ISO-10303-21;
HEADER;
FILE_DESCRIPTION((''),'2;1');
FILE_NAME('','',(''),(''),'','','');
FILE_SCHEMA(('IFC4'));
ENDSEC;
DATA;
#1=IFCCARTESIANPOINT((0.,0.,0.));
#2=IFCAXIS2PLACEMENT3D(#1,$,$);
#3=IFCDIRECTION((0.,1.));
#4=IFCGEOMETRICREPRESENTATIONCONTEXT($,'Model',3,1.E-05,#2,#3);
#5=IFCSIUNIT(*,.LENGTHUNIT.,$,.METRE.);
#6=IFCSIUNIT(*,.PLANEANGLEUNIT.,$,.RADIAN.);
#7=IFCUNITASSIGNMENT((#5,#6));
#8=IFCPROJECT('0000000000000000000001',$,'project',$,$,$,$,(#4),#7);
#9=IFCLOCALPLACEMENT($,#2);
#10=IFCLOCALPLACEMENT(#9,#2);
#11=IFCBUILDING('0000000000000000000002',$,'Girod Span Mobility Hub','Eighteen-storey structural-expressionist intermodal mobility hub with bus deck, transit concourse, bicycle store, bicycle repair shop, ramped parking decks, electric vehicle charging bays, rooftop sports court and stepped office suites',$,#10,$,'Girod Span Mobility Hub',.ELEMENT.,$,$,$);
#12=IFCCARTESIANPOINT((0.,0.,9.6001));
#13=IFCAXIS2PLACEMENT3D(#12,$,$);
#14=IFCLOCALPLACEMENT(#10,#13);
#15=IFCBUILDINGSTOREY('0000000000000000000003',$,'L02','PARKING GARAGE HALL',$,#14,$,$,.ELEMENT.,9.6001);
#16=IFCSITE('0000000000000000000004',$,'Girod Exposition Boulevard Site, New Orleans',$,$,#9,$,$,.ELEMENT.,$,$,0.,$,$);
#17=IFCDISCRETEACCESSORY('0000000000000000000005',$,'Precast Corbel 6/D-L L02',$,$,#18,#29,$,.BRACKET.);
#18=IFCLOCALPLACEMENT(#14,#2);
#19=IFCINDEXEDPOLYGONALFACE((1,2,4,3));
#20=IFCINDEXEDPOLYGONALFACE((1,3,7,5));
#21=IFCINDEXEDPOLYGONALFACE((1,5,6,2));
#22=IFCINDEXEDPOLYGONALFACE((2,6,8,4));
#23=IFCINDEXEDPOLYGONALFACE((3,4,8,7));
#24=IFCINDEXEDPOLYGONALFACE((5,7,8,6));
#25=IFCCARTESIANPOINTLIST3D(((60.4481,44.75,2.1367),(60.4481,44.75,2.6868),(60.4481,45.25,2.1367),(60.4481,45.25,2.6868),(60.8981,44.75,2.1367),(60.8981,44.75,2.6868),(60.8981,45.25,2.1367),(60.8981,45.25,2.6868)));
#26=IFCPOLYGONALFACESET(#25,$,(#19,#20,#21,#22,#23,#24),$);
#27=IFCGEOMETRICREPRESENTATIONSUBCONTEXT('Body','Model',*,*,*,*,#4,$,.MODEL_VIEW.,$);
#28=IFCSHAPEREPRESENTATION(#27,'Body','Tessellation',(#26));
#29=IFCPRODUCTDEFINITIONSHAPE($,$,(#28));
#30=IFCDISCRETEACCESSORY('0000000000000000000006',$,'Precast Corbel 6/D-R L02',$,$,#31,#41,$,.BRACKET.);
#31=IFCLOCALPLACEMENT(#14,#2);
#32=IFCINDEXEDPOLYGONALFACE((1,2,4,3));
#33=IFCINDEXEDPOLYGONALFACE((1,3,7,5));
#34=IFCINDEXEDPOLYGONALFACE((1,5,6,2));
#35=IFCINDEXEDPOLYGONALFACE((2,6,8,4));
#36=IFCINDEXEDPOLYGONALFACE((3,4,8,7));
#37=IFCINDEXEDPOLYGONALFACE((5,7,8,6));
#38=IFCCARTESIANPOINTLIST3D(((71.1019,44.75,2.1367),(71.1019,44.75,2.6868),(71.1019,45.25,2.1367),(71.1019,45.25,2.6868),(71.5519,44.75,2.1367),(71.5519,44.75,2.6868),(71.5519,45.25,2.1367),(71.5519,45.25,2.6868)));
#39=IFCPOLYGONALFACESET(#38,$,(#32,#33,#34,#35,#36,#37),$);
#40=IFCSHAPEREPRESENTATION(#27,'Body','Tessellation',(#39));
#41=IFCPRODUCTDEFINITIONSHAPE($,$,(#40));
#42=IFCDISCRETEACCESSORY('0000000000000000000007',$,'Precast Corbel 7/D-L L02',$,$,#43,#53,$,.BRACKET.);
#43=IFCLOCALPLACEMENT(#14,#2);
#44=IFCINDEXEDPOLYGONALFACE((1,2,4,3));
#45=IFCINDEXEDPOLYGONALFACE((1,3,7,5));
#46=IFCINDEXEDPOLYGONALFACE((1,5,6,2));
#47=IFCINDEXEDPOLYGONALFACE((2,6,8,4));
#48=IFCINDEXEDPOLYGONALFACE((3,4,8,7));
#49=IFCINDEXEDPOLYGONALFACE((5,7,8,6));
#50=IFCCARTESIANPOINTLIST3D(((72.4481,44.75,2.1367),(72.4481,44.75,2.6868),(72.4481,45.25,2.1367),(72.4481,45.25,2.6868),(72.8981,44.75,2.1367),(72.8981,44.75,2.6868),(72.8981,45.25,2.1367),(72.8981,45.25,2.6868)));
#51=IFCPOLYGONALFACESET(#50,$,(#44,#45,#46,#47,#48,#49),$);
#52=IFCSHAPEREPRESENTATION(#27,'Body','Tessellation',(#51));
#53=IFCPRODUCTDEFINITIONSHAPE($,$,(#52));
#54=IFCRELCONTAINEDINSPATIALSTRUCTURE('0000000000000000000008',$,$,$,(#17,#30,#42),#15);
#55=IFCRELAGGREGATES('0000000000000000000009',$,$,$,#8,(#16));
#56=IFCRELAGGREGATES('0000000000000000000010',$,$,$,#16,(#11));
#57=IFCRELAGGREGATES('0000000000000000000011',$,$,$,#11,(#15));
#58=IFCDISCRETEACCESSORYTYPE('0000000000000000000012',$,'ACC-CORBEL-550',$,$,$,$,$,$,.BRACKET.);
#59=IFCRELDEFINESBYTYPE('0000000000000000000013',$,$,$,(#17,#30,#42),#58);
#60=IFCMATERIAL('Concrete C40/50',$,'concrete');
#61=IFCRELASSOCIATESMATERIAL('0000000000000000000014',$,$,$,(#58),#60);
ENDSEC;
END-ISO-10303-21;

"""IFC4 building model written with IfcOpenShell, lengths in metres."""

from ifc_helpers import new_model, si_unit, direction, frame, origin, origin_2d, place, context, subcontext, project, spatial, rectangle, extrude, material, type_object, element, save


model = new_model("IFC4")

# Units and contexts
model_context = context("Model", 3, precision=1e-05, world=origin(), true_north=direction((0.0, 1.0)))
body_context = subcontext(model_context, "Body", "Model", "MODEL_VIEW")
ifc_project = project(units=[si_unit("LENGTHUNIT", "METRE"), si_unit("PLANEANGLEUNIT", "RADIAN")], contexts=[model_context])

# Site, building, storey
site_placement = place(None, origin())
site = spatial("IfcSite", under=ifc_project, at=site_placement, Name="Girod Exposition Boulevard Site, New Orleans", CompositionType="ELEMENT", RefElevation=0.0)
building_placement = place(site_placement, origin())
building = spatial("IfcBuilding", under=site, at=building_placement, Name="Girod Span Mobility Hub", Description="Eighteen-storey structural-expressionist intermodal mobility hub with bus deck, transit concourse, bicycle store, bicycle repair shop, ramped parking decks, electric vehicle charging bays, rooftop sports court and stepped office suites", LongName="Girod Span Mobility Hub", CompositionType="ELEMENT")
storey_placement = place(building_placement, frame((0.0, 0.0, 9.6001)))
storey = spatial("IfcBuildingStorey", under=building, at=storey_placement, Name="L02", Description="PARKING GARAGE HALL", CompositionType="ELEMENT", Elevation=9.6001)

# Discrete accessories
ifc_material_1 = material(Name="Concrete C40/50", Category="concrete")
discrete_accessory_type = type_object("IfcDiscreteAccessoryType", Name="ACC-CORBEL-550", PredefinedType="BRACKET", material=ifc_material_1)
for number, where, z_axis, x_axis, name in (
    (1, (60.6731, 45.0, 2.1367), (0.0, 0.0, 1.0), (1.0, 0.0, 0.0), "Precast Corbel 6/D-L L02"),
    (2, (71.3269, 45.0, 2.1367), (0.0, 0.0, 1.0), (1.0, 0.0, 0.0), "Precast Corbel 6/D-R L02"),
    (3, (72.6731, 45.0, 2.1367), (0.0, 0.0, 1.0), (1.0, 0.0, 0.0), "Precast Corbel 7/D-L L02"),
):
    element("IfcDiscreteAccessory", number, at=place(storey_placement, frame(where, z_axis=z_axis, x_axis=x_axis)), inside=storey, type_object=discrete_accessory_type, Name=name, PredefinedType="BRACKET", context=body_context, shape_type="SweptSolid", body=[
        extrude(rectangle(XDim=0.45, YDim=0.5, at=origin_2d()), origin(), (0.0, 0.0, 1.0), 0.55),
    ])

save(model, "model.ifc")
